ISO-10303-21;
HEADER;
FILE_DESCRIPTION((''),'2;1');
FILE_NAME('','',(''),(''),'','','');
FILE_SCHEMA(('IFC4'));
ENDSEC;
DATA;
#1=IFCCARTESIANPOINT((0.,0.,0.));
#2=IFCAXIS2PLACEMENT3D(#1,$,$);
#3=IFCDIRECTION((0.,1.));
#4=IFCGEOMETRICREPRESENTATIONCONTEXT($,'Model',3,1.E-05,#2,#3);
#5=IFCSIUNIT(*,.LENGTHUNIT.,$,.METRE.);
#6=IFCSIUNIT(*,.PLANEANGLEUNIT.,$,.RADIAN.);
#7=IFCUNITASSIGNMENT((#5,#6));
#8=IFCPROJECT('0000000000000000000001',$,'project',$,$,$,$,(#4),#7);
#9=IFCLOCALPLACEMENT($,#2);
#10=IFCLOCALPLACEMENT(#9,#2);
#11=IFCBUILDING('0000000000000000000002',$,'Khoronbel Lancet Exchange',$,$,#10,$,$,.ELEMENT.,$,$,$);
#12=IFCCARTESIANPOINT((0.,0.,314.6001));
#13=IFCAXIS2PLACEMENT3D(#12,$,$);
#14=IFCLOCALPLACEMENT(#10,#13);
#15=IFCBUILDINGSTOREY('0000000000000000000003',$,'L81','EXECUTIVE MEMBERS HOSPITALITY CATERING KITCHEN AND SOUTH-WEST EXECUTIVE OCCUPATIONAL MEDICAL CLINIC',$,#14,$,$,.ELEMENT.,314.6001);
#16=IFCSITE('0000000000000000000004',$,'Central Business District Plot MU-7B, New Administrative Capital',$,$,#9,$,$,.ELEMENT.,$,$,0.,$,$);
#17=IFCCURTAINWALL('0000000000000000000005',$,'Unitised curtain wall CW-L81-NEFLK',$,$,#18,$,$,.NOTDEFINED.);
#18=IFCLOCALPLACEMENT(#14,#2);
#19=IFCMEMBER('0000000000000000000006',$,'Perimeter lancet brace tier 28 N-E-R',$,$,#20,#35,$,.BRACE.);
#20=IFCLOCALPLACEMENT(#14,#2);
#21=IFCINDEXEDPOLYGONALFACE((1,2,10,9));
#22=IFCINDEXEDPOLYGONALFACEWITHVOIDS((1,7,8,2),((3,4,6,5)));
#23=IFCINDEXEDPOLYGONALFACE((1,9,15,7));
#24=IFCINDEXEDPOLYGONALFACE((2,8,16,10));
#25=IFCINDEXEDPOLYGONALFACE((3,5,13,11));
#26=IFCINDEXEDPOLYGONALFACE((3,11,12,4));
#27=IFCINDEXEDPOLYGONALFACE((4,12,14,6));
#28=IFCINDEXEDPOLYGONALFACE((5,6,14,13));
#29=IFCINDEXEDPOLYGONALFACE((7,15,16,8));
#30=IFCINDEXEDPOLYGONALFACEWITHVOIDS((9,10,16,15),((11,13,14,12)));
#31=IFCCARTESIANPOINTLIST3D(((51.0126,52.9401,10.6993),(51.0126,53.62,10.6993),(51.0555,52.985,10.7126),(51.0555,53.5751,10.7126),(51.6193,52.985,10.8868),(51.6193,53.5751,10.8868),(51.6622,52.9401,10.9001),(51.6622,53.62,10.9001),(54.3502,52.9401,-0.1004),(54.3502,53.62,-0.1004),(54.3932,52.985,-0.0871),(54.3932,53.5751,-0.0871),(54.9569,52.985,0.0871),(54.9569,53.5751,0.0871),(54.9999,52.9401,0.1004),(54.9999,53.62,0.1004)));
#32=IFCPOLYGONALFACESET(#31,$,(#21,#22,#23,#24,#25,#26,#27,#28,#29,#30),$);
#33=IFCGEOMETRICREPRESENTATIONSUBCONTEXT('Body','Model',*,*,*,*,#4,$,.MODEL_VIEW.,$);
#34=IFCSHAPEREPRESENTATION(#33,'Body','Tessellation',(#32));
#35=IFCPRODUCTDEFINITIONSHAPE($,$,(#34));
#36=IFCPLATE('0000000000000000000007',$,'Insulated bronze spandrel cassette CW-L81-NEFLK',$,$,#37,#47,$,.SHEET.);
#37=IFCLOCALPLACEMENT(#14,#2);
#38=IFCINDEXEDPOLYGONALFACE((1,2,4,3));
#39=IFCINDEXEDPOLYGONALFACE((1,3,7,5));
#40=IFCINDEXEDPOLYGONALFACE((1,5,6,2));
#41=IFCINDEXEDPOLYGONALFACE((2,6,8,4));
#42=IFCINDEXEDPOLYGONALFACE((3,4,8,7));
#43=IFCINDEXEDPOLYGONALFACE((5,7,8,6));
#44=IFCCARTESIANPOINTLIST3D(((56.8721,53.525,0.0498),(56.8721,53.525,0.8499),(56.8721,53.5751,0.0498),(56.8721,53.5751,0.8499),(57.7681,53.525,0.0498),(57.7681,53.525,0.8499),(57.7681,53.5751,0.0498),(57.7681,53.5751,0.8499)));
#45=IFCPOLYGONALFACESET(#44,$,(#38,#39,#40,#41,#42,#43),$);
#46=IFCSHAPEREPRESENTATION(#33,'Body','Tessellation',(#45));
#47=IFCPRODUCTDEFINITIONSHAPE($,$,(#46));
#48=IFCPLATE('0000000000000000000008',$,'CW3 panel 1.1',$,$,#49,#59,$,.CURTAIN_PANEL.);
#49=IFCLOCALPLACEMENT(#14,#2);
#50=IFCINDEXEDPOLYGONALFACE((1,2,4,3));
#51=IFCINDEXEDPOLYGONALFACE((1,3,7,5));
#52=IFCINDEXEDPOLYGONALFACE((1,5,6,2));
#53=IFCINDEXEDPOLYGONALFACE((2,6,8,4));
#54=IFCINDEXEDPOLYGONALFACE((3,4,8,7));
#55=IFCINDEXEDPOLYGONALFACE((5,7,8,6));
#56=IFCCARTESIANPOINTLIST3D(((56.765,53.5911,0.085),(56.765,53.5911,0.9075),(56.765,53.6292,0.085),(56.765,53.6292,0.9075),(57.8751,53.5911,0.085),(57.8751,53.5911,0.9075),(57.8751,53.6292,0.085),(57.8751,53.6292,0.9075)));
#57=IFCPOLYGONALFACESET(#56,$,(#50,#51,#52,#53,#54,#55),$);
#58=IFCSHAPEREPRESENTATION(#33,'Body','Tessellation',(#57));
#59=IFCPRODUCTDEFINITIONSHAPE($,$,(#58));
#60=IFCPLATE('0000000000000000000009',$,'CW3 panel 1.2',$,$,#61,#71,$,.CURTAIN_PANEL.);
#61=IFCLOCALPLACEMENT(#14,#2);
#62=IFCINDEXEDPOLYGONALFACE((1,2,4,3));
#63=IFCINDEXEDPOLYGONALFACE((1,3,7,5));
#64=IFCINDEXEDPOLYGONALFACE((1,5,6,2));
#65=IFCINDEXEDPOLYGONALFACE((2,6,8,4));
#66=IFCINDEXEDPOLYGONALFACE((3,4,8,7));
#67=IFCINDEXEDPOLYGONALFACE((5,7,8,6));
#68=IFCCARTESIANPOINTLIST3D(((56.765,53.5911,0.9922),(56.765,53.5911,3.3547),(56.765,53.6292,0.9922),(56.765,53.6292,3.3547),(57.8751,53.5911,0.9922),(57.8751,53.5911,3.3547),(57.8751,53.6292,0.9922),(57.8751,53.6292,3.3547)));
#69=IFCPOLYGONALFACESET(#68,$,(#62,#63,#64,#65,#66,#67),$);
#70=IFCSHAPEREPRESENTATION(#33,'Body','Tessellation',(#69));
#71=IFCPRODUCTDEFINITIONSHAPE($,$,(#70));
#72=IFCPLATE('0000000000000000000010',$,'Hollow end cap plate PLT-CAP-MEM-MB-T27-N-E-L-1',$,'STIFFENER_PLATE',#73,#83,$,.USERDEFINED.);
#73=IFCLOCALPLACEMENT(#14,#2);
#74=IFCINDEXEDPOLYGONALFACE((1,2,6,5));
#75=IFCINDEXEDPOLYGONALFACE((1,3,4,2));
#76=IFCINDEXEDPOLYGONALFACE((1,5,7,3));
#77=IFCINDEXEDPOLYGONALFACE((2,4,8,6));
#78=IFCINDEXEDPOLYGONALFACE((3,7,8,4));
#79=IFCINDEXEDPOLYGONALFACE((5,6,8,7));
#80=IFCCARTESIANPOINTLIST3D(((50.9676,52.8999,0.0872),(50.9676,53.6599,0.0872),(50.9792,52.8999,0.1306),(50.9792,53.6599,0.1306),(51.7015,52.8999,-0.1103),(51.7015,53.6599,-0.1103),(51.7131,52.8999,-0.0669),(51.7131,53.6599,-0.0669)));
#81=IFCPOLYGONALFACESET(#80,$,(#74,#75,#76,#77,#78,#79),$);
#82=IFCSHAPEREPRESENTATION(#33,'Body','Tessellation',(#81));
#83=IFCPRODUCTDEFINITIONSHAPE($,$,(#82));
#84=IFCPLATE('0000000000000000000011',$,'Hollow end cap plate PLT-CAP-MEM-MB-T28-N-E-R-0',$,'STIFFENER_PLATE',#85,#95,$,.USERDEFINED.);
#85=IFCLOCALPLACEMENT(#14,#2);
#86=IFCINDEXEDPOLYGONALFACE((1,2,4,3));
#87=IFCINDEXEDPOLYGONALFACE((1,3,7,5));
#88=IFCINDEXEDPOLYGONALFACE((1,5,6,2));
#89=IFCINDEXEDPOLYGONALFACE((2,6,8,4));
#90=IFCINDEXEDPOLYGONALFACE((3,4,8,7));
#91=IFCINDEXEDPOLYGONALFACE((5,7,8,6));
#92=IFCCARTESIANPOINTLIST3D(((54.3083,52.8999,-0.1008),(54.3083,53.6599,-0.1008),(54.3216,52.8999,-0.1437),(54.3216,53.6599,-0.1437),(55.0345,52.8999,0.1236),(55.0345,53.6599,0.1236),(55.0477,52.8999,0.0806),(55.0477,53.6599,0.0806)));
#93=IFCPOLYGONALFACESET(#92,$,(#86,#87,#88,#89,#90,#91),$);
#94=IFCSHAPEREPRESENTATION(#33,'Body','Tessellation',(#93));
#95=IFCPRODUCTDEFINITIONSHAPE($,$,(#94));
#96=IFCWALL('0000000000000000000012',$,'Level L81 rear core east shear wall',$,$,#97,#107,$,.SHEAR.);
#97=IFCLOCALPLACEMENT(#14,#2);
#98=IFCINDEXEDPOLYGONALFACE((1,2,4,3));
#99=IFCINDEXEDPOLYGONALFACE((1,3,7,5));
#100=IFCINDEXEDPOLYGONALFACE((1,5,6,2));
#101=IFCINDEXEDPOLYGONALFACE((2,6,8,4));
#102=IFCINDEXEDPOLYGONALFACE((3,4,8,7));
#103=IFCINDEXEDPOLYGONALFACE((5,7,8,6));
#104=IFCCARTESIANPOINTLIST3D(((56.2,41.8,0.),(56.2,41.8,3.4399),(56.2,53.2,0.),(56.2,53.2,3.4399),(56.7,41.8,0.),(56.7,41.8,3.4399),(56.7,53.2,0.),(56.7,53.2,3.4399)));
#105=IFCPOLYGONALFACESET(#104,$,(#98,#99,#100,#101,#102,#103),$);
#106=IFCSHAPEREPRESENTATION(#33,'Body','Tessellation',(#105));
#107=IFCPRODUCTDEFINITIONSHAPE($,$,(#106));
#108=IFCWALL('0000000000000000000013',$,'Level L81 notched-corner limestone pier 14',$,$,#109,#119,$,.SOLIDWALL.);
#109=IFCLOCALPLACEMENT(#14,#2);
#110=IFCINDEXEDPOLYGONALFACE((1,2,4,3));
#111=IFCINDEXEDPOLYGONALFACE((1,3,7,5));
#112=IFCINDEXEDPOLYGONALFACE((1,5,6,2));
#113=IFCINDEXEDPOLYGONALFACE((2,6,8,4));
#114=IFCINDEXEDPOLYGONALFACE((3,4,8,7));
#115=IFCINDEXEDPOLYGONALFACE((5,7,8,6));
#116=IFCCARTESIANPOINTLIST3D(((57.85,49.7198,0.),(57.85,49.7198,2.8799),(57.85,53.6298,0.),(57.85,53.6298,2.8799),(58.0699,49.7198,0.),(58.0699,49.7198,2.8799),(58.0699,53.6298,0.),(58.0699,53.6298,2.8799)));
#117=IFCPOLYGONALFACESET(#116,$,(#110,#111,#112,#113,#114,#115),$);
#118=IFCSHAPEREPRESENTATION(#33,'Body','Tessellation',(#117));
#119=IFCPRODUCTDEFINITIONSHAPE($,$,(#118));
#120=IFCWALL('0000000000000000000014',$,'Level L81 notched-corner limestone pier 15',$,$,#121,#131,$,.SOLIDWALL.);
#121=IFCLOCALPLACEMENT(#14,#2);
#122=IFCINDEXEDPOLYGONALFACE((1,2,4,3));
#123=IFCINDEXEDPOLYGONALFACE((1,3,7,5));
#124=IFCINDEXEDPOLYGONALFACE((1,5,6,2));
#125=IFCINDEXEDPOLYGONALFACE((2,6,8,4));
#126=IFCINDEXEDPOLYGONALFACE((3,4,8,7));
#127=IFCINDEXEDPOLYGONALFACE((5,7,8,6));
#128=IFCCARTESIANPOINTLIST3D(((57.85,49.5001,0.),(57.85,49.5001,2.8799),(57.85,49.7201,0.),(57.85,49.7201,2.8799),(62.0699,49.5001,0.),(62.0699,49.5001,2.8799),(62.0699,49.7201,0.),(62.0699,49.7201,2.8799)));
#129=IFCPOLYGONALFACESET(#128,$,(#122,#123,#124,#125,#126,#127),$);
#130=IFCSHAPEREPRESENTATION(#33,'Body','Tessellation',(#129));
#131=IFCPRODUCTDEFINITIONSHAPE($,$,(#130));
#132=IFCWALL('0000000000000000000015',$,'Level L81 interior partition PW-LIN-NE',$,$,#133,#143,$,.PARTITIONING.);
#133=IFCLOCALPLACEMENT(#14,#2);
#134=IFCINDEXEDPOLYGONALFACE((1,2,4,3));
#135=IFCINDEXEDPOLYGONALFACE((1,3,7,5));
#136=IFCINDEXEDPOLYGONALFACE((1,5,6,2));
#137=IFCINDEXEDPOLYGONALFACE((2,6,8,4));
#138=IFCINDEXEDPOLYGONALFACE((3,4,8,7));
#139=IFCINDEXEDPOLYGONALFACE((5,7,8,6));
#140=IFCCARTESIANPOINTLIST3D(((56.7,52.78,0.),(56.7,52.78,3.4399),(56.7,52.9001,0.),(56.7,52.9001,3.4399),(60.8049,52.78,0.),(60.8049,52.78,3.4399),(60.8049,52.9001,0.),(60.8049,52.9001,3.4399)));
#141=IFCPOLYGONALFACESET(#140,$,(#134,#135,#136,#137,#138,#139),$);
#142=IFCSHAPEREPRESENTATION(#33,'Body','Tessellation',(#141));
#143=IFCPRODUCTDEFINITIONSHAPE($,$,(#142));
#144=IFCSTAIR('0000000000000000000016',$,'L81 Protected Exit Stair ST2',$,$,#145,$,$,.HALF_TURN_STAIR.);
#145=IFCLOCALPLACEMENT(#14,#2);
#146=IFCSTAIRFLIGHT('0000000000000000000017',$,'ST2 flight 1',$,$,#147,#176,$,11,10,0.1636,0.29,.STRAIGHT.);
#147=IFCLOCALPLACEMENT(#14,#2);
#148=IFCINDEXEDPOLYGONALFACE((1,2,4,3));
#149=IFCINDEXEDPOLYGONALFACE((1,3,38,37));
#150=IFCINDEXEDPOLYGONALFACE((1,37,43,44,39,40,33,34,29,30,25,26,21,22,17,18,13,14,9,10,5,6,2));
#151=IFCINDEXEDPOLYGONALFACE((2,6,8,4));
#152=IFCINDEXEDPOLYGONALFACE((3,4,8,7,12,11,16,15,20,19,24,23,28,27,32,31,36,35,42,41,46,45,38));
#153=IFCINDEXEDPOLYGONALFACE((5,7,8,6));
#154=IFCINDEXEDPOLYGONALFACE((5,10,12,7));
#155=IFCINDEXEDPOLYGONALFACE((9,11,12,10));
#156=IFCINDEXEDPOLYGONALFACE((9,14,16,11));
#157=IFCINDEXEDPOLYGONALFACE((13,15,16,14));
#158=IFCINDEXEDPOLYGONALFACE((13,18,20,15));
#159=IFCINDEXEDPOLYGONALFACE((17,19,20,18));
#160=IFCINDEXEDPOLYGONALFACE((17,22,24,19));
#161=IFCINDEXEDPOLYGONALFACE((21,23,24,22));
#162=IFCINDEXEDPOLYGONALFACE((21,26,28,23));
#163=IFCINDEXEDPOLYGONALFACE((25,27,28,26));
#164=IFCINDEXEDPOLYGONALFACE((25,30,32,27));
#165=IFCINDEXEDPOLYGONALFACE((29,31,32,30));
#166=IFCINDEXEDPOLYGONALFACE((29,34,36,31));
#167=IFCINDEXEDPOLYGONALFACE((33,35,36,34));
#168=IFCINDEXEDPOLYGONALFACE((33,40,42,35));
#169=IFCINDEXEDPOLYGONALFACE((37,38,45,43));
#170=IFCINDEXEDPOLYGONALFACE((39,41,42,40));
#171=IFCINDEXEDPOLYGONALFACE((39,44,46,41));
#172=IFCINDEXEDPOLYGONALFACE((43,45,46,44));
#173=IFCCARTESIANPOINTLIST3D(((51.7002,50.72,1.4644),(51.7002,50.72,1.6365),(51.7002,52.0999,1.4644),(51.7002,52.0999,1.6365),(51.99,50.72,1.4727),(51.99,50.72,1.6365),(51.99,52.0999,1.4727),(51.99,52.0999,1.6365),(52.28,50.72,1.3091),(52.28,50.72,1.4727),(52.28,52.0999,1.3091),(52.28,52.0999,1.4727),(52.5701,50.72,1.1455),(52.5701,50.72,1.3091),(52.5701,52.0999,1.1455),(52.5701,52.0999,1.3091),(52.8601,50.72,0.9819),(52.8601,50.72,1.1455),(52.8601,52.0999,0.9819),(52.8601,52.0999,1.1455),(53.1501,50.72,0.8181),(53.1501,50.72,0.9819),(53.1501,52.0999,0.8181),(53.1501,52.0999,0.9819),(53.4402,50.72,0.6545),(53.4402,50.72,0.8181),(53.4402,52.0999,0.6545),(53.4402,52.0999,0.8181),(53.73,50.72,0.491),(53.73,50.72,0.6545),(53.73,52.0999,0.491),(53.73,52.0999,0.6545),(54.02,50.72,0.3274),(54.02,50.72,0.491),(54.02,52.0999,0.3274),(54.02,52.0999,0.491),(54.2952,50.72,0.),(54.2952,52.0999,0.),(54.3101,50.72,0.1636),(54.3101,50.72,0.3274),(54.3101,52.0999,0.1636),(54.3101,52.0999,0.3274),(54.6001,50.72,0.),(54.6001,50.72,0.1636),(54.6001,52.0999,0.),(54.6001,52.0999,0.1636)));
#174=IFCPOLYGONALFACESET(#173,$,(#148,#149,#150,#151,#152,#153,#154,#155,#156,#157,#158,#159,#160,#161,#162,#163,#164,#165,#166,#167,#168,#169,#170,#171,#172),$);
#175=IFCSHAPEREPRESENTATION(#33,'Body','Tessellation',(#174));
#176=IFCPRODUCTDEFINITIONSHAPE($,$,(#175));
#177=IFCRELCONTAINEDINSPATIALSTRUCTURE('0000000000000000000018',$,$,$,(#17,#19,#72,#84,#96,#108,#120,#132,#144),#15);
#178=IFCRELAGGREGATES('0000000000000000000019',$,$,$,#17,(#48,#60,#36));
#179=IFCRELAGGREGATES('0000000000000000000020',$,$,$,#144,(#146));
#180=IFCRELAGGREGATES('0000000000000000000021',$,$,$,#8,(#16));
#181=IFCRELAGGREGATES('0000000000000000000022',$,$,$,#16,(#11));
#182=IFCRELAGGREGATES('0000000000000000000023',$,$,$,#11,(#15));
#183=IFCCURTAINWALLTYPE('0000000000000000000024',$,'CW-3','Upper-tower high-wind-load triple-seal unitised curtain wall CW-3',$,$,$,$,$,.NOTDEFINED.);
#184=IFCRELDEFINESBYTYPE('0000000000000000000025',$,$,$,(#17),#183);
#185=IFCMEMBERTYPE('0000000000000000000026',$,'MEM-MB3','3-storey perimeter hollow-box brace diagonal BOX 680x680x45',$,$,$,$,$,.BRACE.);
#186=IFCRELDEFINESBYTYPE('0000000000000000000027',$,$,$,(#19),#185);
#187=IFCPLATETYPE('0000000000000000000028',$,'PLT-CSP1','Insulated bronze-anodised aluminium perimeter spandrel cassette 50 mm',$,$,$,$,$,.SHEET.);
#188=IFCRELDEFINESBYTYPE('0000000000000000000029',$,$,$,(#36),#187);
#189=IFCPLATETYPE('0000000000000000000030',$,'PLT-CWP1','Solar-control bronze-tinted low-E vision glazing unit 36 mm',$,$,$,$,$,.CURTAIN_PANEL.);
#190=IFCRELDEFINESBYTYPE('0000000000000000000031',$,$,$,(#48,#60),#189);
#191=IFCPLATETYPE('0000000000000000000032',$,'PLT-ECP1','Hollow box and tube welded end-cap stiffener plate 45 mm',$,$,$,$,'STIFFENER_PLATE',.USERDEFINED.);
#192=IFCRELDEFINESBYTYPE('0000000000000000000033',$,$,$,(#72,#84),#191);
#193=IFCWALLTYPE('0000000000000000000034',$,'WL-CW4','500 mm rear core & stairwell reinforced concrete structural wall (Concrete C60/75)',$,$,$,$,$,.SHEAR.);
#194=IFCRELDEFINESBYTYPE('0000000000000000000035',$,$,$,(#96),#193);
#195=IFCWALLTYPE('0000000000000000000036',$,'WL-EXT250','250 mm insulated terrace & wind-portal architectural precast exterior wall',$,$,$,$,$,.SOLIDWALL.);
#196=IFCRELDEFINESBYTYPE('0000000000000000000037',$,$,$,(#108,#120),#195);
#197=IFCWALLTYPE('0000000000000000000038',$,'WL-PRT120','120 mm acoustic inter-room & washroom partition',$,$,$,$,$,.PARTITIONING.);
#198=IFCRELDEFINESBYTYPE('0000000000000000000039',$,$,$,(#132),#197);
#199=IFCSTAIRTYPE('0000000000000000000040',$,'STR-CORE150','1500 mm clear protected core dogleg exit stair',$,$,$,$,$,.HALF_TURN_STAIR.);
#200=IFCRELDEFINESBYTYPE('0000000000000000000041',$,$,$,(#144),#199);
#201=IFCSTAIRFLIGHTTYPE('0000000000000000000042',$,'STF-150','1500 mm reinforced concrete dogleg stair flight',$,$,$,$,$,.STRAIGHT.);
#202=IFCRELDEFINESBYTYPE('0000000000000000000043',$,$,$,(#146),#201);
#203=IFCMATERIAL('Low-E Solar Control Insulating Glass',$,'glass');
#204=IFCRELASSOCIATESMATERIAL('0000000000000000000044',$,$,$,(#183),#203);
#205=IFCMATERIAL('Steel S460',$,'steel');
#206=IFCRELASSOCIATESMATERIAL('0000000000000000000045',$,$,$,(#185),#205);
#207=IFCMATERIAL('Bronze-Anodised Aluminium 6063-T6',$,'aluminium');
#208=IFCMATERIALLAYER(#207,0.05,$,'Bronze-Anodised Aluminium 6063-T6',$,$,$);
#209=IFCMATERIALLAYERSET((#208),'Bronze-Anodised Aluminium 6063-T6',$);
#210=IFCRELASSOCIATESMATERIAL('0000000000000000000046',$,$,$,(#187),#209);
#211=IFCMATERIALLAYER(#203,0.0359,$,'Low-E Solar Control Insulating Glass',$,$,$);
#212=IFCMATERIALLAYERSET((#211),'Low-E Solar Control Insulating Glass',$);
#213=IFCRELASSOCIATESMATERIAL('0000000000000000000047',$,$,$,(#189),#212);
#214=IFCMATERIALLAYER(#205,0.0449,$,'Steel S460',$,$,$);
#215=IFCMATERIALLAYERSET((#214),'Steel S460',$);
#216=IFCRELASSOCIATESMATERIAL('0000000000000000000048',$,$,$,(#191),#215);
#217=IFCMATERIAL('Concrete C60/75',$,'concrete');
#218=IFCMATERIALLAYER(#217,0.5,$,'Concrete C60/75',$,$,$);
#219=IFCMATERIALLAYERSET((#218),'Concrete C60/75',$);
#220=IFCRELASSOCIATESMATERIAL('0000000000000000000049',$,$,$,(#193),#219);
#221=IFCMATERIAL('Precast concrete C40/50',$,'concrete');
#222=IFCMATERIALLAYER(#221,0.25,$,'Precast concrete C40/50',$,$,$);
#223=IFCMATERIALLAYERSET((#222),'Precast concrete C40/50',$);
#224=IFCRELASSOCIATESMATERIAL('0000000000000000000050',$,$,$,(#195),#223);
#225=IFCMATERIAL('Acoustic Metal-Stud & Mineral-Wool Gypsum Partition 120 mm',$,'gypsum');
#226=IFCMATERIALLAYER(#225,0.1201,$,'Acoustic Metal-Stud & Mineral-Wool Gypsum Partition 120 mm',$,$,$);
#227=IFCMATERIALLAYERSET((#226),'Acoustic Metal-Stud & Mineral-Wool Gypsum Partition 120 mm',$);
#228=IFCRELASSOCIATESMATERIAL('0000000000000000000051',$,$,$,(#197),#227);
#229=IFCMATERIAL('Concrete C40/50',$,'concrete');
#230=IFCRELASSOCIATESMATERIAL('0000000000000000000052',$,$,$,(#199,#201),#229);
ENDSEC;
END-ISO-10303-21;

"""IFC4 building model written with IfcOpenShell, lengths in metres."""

from ifc_helpers import new_model, si_unit, direction, frame, frame_2d, origin, origin_2d, place, context, subcontext, project, spatial, polyline, rectangle, hollow_rectangle, outline, extrude, material, layer, layer_set, material_profile, profile_set, type_object, element, aggregate, save


model = new_model("IFC4")

# Units and contexts
model_context = context("Model", 3, precision=1e-05, world=origin(), true_north=direction((0.0, 1.0)))
body_context = subcontext(model_context, "Body", "Model", "MODEL_VIEW")
ifc_project = project(units=[si_unit("LENGTHUNIT", "METRE"), si_unit("PLANEANGLEUNIT", "RADIAN")], contexts=[model_context])

# Site, building, storey
site_placement = place(None, origin())
site = spatial("IfcSite", under=ifc_project, at=site_placement, Name="Central Business District Plot MU-7B, New Administrative Capital", CompositionType="ELEMENT", RefElevation=0.0)
building_placement = place(site_placement, origin())
building = spatial("IfcBuilding", under=site, at=building_placement, Name="Khoronbel Lancet Exchange", CompositionType="ELEMENT")
storey_placement = place(building_placement, frame((0.0, 0.0, 314.6001)))
storey = spatial("IfcBuildingStorey", under=building, at=storey_placement, Name="L81", Description="EXECUTIVE MEMBERS HOSPITALITY CATERING KITCHEN AND SOUTH-WEST EXECUTIVE OCCUPATIONAL MEDICAL CLINIC", CompositionType="ELEMENT", Elevation=314.6001)

# Shared definitions
ifc_material_1 = material(Name="Steel S460", Category="steel")

# Curtain wall
ifc_material_2 = material(Name="Low-E Solar Control Insulating Glass", Category="glass")
curtain_wall_type = type_object("IfcCurtainWallType", Name="CW-3", Description="Upper-tower high-wind-load triple-seal unitised curtain wall CW-3", PredefinedType="NOTDEFINED", material=ifc_material_2)
curtain_wall_placement = place(storey_placement, origin())
curtain_wall = element("IfcCurtainWall", 1, at=curtain_wall_placement, inside=storey, type_object=curtain_wall_type, Name="Unitised curtain wall CW-L81-NEFLK", PredefinedType="NOTDEFINED")
ifc_material_3 = material(Name="Bronze-Anodised Aluminium 6063-T6", Category="aluminium")

# Member
ifc_material_profile_1 = material_profile(ifc_material_1, hollow_rectangle(XDim=0.6799, YDim=0.6799, WallThickness=0.0449, at=origin_2d()), Name="BOX 680x680x45")
ifc_profile_set_1 = profile_set([ifc_material_profile_1], Name="Steel S460")
member_type_1 = type_object("IfcMemberType", Name="MEM-MB3", Description="3-storey perimeter hollow-box brace diagonal BOX 680x680x45", PredefinedType="BRACE", material=ifc_profile_set_1)
member_1_placement = place(storey_placement, frame((54.675, 53.28, 0.0), z_axis=(-0.295268, 0.0, 0.955414), x_axis=(0.0, -1.0, 0.0)))
element("IfcMember", 2, at=member_1_placement, inside=storey, type_object=member_type_1, Name="Perimeter lancet brace tier 28 N-E-R", PredefinedType="BRACE", context=body_context, shape_type="SweptSolid", body=[
    extrude(hollow_rectangle(XDim=0.6799, YDim=0.6799, WallThickness=0.0449, at=origin_2d()), origin(), (0.0, 0.0, 1.0), 11.3037),
])

# Plates
ifc_layer_1 = layer(ifc_material_3, 0.05, Name="Bronze-Anodised Aluminium 6063-T6")
ifc_layer_set_1 = layer_set([ifc_layer_1], Name="Bronze-Anodised Aluminium 6063-T6")
plate_type_1 = type_object("IfcPlateType", Name="PLT-CSP1", Description="Insulated bronze-anodised aluminium perimeter spandrel cassette 50 mm", PredefinedType="SHEET", material=ifc_layer_set_1)
plate_1_placement = place(storey_placement, frame((57.3201, 53.55, 0.0498), z_axis=(0.0, 0.0, 1.0), x_axis=(-1.0, 0.0, 0.0)))
plate_1 = element("IfcPlate", 3, at=plate_1_placement, type_object=plate_type_1, Name="Insulated bronze spandrel cassette CW-L81-NEFLK", PredefinedType="SHEET", context=body_context, shape_type="SweptSolid", body=[
    extrude(rectangle(XDim=0.896, YDim=0.05, at=origin_2d()), origin(), (0.0, 0.0, 1.0), 0.8),
])
ifc_layer_2 = layer(ifc_material_2, 0.0359, Name="Low-E Solar Control Insulating Glass")
ifc_layer_set_2 = layer_set([ifc_layer_2], Name="Low-E Solar Control Insulating Glass")
plate_type_2 = type_object("IfcPlateType", Name="PLT-CWP1", Description="Solar-control bronze-tinted low-E vision glazing unit 36 mm", PredefinedType="CURTAIN_PANEL", material=ifc_layer_set_2)
plate_2_placement = place(storey_placement, frame((57.3201, 53.6101, 0.085), z_axis=(0.0, 0.0, 1.0), x_axis=(-1.0, 0.0, 0.0)))
plate_2 = element("IfcPlate", 4, at=plate_2_placement, type_object=plate_type_2, Name="CW3 panel 1.1", PredefinedType="CURTAIN_PANEL", context=body_context, shape_type="SweptSolid", body=[
    extrude(rectangle(XDim=1.1101, YDim=0.0381, at=origin_2d()), origin(), (0.0, 0.0, 1.0), 0.8225),
])
plate_3_placement = place(storey_placement, frame((57.3201, 53.6101, 0.9922), z_axis=(0.0, 0.0, 1.0), x_axis=(-1.0, 0.0, 0.0)))
plate_3 = element("IfcPlate", 5, at=plate_3_placement, type_object=plate_type_2, Name="CW3 panel 1.2", PredefinedType="CURTAIN_PANEL", context=body_context, shape_type="SweptSolid", body=[
    extrude(rectangle(XDim=1.1101, YDim=0.0381, at=origin_2d()), origin(), (0.0, 0.0, 1.0), 2.3625),
])
aggregate(curtain_wall, [plate_2, plate_3, plate_1])

# Plates
ifc_layer_3 = layer(ifc_material_1, 0.0449, Name="Steel S460")
ifc_layer_set_3 = layer_set([ifc_layer_3], Name="Steel S460")
plate_type_3 = type_object("IfcPlateType", Name="PLT-ECP1", Description="Hollow box and tube welded end-cap stiffener plate 45 mm", ElementType="STIFFENER_PLATE", PredefinedType="USERDEFINED", material=ifc_layer_set_3)
for number, where, z_axis, x_axis, name in (
    (6, (51.7131, 52.8999, -0.0669), (0.259881, 0.0, 0.965641), (0.0, 1.0, 0.0), "Hollow end cap plate PLT-CAP-MEM-MB-T27-N-E-L-1"),
    (7, (54.3083, 53.6599, -0.1008), (-0.295237, 0.0, 0.955424), (0.0, -1.0, 0.0), "Hollow end cap plate PLT-CAP-MEM-MB-T28-N-E-R-0"),
):
    element("IfcPlate", number, at=place(storey_placement, frame(where, z_axis=z_axis, x_axis=x_axis)), inside=storey, type_object=plate_type_3, Name=name, ObjectType="STIFFENER_PLATE", PredefinedType="USERDEFINED", context=body_context, shape_type="SweptSolid", body=[
        extrude(outline(polyline([(0.0, 0.0), (0.76, 0.0), (0.76, 0.76), (0.0, 0.76), (0.0, 0.0)])), origin(), (0.0, 0.0, -1.0), 0.0449),
    ])

# Walls
ifc_material_4 = material(Name="Concrete C60/75", Category="concrete")
ifc_layer_4 = layer(ifc_material_4, 0.5, Name="Concrete C60/75")
ifc_layer_set_4 = layer_set([ifc_layer_4], Name="Concrete C60/75")
wall_type_1 = type_object("IfcWallType", Name="WL-CW4", Description="500 mm rear core & stairwell reinforced concrete structural wall (Concrete C60/75)", PredefinedType="SHEAR", material=ifc_layer_set_4)
wall_1_placement = place(storey_placement, frame((56.45, 53.2, 0.0), z_axis=(0.0, 0.0, 1.0), x_axis=(0.0, -1.0, 0.0)))
element("IfcWall", 8, at=wall_1_placement, inside=storey, type_object=wall_type_1, Name="Level L81 rear core east shear wall", PredefinedType="SHEAR", context=body_context, shape_type="SweptSolid", body=[
    extrude(rectangle(XDim=11.3999, YDim=0.5, at=frame_2d((5.7, 0.0))), origin(), (0.0, 0.0, 1.0), 3.4399),
])
ifc_material_5 = material(Name="Precast concrete C40/50", Category="concrete")
ifc_layer_5 = layer(ifc_material_5, 0.25, Name="Precast concrete C40/50")
ifc_layer_set_5 = layer_set([ifc_layer_5], Name="Precast concrete C40/50")
wall_type_2 = type_object("IfcWallType", Name="WL-EXT250", Description="250 mm insulated terrace & wind-portal architectural precast exterior wall", PredefinedType="SOLIDWALL", material=ifc_layer_set_5)
wall_2_placement = place(storey_placement, frame((57.96, 53.6299, 0.0), z_axis=(0.0, 0.0, 1.0), x_axis=(0.0, -1.0, 0.0)))
element("IfcWall", 9, at=wall_2_placement, inside=storey, type_object=wall_type_2, Name="Level L81 notched-corner limestone pier 14", PredefinedType="SOLIDWALL", context=body_context, shape_type="SweptSolid", body=[
    extrude(rectangle(XDim=3.9099, YDim=0.22, at=frame_2d((1.9551, 0.0))), origin(), (0.0, 0.0, 1.0), 2.8799),
])
wall_3_placement = place(storey_placement, frame((57.8501, 49.6101, 0.0), z_axis=(0.0, 0.0, 1.0), x_axis=(1.0, 0.0, 0.0)))
element("IfcWall", 10, at=wall_3_placement, inside=storey, type_object=wall_type_2, Name="Level L81 notched-corner limestone pier 15", PredefinedType="SOLIDWALL", context=body_context, shape_type="SweptSolid", body=[
    extrude(rectangle(XDim=4.22, YDim=0.22, at=frame_2d((2.1099, 0.0))), origin(), (0.0, 0.0, 1.0), 2.8799),
])
ifc_material_6 = material(Name="Acoustic Metal-Stud & Mineral-Wool Gypsum Partition 120 mm", Category="gypsum")
ifc_layer_6 = layer(ifc_material_6, 0.1201, Name="Acoustic Metal-Stud & Mineral-Wool Gypsum Partition 120 mm")
ifc_layer_set_6 = layer_set([ifc_layer_6], Name="Acoustic Metal-Stud & Mineral-Wool Gypsum Partition 120 mm")
wall_type_3 = type_object("IfcWallType", Name="WL-PRT120", Description="120 mm acoustic inter-room & washroom partition", PredefinedType="PARTITIONING", material=ifc_layer_set_6)
wall_4_placement = place(storey_placement, frame((56.7, 52.8401, 0.0), z_axis=(0.0, 0.0, 1.0), x_axis=(1.0, 0.0, 0.0)))
element("IfcWall", 11, at=wall_4_placement, inside=storey, type_object=wall_type_3, Name="Level L81 interior partition PW-LIN-NE", PredefinedType="PARTITIONING", context=body_context, shape_type="SweptSolid", body=[
    extrude(rectangle(XDim=4.105, YDim=0.1201, at=frame_2d((2.0525, 0.0))), origin(), (0.0, 0.0, 1.0), 3.4399),
])

# Stair, stair flight
ifc_material_7 = material(Name="Concrete C40/50", Category="concrete")
stair_type = type_object("IfcStairType", Name="STR-CORE150", Description="1500 mm clear protected core dogleg exit stair", PredefinedType="HALF_TURN_STAIR", material=ifc_material_7)
stair_placement = place(storey_placement, origin())
stair = element("IfcStair", 12, at=stair_placement, inside=storey, type_object=stair_type, Name="L81 Protected Exit Stair ST2", PredefinedType="HALF_TURN_STAIR")
stair_flight_type = type_object("IfcStairFlightType", Name="STF-150", Description="1500 mm reinforced concrete dogleg stair flight", PredefinedType="STRAIGHT", material=ifc_material_7)
stair_flight_placement = place(storey_placement, frame((54.6001, 51.4099, 0.0), z_axis=(0.0, 0.0, 1.0), x_axis=(-1.0, 0.0, 0.0)))
stair_flight = element("IfcStairFlight", 13, at=stair_flight_placement, type_object=stair_flight_type, Name="ST2 flight 1", NumberOfRisers=11, NumberOfTreads=10, PredefinedType="STRAIGHT", RiserHeight=0.1636, TreadLength=0.29, context=body_context, shape_type="SweptSolid", body=[
    extrude(outline(polyline([(0.0, 0.0), (0.0, 0.1636), (0.29, 0.1636), (0.29, 0.3274), (0.5801, 0.3274), (0.5801, 0.491), (0.8701, 0.491), (0.8701, 0.6545), (1.1599, 0.6545), (1.1599, 0.8181), (1.45, 0.8181), (1.45, 0.9819), (1.74, 0.9819), (1.74, 1.1455), (2.03, 1.1455), (2.03, 1.3091), (2.3201, 1.3091), (2.3201, 1.4727), (2.6101, 1.4727), (2.6101, 1.6365), (2.8999, 1.6365), (2.8999, 1.8), (2.8999, 1.4644), (0.3049, 0.0), (0.0, 0.0)])), frame((0.0, 0.6899, 0.0), z_axis=(0.0, -1.0, 0.0), x_axis=(1.0, 0.0, 0.0)), (0.0, 0.0, 1.0), 1.3799),
])
aggregate(stair, [stair_flight])

save(model, "model.ifc")
